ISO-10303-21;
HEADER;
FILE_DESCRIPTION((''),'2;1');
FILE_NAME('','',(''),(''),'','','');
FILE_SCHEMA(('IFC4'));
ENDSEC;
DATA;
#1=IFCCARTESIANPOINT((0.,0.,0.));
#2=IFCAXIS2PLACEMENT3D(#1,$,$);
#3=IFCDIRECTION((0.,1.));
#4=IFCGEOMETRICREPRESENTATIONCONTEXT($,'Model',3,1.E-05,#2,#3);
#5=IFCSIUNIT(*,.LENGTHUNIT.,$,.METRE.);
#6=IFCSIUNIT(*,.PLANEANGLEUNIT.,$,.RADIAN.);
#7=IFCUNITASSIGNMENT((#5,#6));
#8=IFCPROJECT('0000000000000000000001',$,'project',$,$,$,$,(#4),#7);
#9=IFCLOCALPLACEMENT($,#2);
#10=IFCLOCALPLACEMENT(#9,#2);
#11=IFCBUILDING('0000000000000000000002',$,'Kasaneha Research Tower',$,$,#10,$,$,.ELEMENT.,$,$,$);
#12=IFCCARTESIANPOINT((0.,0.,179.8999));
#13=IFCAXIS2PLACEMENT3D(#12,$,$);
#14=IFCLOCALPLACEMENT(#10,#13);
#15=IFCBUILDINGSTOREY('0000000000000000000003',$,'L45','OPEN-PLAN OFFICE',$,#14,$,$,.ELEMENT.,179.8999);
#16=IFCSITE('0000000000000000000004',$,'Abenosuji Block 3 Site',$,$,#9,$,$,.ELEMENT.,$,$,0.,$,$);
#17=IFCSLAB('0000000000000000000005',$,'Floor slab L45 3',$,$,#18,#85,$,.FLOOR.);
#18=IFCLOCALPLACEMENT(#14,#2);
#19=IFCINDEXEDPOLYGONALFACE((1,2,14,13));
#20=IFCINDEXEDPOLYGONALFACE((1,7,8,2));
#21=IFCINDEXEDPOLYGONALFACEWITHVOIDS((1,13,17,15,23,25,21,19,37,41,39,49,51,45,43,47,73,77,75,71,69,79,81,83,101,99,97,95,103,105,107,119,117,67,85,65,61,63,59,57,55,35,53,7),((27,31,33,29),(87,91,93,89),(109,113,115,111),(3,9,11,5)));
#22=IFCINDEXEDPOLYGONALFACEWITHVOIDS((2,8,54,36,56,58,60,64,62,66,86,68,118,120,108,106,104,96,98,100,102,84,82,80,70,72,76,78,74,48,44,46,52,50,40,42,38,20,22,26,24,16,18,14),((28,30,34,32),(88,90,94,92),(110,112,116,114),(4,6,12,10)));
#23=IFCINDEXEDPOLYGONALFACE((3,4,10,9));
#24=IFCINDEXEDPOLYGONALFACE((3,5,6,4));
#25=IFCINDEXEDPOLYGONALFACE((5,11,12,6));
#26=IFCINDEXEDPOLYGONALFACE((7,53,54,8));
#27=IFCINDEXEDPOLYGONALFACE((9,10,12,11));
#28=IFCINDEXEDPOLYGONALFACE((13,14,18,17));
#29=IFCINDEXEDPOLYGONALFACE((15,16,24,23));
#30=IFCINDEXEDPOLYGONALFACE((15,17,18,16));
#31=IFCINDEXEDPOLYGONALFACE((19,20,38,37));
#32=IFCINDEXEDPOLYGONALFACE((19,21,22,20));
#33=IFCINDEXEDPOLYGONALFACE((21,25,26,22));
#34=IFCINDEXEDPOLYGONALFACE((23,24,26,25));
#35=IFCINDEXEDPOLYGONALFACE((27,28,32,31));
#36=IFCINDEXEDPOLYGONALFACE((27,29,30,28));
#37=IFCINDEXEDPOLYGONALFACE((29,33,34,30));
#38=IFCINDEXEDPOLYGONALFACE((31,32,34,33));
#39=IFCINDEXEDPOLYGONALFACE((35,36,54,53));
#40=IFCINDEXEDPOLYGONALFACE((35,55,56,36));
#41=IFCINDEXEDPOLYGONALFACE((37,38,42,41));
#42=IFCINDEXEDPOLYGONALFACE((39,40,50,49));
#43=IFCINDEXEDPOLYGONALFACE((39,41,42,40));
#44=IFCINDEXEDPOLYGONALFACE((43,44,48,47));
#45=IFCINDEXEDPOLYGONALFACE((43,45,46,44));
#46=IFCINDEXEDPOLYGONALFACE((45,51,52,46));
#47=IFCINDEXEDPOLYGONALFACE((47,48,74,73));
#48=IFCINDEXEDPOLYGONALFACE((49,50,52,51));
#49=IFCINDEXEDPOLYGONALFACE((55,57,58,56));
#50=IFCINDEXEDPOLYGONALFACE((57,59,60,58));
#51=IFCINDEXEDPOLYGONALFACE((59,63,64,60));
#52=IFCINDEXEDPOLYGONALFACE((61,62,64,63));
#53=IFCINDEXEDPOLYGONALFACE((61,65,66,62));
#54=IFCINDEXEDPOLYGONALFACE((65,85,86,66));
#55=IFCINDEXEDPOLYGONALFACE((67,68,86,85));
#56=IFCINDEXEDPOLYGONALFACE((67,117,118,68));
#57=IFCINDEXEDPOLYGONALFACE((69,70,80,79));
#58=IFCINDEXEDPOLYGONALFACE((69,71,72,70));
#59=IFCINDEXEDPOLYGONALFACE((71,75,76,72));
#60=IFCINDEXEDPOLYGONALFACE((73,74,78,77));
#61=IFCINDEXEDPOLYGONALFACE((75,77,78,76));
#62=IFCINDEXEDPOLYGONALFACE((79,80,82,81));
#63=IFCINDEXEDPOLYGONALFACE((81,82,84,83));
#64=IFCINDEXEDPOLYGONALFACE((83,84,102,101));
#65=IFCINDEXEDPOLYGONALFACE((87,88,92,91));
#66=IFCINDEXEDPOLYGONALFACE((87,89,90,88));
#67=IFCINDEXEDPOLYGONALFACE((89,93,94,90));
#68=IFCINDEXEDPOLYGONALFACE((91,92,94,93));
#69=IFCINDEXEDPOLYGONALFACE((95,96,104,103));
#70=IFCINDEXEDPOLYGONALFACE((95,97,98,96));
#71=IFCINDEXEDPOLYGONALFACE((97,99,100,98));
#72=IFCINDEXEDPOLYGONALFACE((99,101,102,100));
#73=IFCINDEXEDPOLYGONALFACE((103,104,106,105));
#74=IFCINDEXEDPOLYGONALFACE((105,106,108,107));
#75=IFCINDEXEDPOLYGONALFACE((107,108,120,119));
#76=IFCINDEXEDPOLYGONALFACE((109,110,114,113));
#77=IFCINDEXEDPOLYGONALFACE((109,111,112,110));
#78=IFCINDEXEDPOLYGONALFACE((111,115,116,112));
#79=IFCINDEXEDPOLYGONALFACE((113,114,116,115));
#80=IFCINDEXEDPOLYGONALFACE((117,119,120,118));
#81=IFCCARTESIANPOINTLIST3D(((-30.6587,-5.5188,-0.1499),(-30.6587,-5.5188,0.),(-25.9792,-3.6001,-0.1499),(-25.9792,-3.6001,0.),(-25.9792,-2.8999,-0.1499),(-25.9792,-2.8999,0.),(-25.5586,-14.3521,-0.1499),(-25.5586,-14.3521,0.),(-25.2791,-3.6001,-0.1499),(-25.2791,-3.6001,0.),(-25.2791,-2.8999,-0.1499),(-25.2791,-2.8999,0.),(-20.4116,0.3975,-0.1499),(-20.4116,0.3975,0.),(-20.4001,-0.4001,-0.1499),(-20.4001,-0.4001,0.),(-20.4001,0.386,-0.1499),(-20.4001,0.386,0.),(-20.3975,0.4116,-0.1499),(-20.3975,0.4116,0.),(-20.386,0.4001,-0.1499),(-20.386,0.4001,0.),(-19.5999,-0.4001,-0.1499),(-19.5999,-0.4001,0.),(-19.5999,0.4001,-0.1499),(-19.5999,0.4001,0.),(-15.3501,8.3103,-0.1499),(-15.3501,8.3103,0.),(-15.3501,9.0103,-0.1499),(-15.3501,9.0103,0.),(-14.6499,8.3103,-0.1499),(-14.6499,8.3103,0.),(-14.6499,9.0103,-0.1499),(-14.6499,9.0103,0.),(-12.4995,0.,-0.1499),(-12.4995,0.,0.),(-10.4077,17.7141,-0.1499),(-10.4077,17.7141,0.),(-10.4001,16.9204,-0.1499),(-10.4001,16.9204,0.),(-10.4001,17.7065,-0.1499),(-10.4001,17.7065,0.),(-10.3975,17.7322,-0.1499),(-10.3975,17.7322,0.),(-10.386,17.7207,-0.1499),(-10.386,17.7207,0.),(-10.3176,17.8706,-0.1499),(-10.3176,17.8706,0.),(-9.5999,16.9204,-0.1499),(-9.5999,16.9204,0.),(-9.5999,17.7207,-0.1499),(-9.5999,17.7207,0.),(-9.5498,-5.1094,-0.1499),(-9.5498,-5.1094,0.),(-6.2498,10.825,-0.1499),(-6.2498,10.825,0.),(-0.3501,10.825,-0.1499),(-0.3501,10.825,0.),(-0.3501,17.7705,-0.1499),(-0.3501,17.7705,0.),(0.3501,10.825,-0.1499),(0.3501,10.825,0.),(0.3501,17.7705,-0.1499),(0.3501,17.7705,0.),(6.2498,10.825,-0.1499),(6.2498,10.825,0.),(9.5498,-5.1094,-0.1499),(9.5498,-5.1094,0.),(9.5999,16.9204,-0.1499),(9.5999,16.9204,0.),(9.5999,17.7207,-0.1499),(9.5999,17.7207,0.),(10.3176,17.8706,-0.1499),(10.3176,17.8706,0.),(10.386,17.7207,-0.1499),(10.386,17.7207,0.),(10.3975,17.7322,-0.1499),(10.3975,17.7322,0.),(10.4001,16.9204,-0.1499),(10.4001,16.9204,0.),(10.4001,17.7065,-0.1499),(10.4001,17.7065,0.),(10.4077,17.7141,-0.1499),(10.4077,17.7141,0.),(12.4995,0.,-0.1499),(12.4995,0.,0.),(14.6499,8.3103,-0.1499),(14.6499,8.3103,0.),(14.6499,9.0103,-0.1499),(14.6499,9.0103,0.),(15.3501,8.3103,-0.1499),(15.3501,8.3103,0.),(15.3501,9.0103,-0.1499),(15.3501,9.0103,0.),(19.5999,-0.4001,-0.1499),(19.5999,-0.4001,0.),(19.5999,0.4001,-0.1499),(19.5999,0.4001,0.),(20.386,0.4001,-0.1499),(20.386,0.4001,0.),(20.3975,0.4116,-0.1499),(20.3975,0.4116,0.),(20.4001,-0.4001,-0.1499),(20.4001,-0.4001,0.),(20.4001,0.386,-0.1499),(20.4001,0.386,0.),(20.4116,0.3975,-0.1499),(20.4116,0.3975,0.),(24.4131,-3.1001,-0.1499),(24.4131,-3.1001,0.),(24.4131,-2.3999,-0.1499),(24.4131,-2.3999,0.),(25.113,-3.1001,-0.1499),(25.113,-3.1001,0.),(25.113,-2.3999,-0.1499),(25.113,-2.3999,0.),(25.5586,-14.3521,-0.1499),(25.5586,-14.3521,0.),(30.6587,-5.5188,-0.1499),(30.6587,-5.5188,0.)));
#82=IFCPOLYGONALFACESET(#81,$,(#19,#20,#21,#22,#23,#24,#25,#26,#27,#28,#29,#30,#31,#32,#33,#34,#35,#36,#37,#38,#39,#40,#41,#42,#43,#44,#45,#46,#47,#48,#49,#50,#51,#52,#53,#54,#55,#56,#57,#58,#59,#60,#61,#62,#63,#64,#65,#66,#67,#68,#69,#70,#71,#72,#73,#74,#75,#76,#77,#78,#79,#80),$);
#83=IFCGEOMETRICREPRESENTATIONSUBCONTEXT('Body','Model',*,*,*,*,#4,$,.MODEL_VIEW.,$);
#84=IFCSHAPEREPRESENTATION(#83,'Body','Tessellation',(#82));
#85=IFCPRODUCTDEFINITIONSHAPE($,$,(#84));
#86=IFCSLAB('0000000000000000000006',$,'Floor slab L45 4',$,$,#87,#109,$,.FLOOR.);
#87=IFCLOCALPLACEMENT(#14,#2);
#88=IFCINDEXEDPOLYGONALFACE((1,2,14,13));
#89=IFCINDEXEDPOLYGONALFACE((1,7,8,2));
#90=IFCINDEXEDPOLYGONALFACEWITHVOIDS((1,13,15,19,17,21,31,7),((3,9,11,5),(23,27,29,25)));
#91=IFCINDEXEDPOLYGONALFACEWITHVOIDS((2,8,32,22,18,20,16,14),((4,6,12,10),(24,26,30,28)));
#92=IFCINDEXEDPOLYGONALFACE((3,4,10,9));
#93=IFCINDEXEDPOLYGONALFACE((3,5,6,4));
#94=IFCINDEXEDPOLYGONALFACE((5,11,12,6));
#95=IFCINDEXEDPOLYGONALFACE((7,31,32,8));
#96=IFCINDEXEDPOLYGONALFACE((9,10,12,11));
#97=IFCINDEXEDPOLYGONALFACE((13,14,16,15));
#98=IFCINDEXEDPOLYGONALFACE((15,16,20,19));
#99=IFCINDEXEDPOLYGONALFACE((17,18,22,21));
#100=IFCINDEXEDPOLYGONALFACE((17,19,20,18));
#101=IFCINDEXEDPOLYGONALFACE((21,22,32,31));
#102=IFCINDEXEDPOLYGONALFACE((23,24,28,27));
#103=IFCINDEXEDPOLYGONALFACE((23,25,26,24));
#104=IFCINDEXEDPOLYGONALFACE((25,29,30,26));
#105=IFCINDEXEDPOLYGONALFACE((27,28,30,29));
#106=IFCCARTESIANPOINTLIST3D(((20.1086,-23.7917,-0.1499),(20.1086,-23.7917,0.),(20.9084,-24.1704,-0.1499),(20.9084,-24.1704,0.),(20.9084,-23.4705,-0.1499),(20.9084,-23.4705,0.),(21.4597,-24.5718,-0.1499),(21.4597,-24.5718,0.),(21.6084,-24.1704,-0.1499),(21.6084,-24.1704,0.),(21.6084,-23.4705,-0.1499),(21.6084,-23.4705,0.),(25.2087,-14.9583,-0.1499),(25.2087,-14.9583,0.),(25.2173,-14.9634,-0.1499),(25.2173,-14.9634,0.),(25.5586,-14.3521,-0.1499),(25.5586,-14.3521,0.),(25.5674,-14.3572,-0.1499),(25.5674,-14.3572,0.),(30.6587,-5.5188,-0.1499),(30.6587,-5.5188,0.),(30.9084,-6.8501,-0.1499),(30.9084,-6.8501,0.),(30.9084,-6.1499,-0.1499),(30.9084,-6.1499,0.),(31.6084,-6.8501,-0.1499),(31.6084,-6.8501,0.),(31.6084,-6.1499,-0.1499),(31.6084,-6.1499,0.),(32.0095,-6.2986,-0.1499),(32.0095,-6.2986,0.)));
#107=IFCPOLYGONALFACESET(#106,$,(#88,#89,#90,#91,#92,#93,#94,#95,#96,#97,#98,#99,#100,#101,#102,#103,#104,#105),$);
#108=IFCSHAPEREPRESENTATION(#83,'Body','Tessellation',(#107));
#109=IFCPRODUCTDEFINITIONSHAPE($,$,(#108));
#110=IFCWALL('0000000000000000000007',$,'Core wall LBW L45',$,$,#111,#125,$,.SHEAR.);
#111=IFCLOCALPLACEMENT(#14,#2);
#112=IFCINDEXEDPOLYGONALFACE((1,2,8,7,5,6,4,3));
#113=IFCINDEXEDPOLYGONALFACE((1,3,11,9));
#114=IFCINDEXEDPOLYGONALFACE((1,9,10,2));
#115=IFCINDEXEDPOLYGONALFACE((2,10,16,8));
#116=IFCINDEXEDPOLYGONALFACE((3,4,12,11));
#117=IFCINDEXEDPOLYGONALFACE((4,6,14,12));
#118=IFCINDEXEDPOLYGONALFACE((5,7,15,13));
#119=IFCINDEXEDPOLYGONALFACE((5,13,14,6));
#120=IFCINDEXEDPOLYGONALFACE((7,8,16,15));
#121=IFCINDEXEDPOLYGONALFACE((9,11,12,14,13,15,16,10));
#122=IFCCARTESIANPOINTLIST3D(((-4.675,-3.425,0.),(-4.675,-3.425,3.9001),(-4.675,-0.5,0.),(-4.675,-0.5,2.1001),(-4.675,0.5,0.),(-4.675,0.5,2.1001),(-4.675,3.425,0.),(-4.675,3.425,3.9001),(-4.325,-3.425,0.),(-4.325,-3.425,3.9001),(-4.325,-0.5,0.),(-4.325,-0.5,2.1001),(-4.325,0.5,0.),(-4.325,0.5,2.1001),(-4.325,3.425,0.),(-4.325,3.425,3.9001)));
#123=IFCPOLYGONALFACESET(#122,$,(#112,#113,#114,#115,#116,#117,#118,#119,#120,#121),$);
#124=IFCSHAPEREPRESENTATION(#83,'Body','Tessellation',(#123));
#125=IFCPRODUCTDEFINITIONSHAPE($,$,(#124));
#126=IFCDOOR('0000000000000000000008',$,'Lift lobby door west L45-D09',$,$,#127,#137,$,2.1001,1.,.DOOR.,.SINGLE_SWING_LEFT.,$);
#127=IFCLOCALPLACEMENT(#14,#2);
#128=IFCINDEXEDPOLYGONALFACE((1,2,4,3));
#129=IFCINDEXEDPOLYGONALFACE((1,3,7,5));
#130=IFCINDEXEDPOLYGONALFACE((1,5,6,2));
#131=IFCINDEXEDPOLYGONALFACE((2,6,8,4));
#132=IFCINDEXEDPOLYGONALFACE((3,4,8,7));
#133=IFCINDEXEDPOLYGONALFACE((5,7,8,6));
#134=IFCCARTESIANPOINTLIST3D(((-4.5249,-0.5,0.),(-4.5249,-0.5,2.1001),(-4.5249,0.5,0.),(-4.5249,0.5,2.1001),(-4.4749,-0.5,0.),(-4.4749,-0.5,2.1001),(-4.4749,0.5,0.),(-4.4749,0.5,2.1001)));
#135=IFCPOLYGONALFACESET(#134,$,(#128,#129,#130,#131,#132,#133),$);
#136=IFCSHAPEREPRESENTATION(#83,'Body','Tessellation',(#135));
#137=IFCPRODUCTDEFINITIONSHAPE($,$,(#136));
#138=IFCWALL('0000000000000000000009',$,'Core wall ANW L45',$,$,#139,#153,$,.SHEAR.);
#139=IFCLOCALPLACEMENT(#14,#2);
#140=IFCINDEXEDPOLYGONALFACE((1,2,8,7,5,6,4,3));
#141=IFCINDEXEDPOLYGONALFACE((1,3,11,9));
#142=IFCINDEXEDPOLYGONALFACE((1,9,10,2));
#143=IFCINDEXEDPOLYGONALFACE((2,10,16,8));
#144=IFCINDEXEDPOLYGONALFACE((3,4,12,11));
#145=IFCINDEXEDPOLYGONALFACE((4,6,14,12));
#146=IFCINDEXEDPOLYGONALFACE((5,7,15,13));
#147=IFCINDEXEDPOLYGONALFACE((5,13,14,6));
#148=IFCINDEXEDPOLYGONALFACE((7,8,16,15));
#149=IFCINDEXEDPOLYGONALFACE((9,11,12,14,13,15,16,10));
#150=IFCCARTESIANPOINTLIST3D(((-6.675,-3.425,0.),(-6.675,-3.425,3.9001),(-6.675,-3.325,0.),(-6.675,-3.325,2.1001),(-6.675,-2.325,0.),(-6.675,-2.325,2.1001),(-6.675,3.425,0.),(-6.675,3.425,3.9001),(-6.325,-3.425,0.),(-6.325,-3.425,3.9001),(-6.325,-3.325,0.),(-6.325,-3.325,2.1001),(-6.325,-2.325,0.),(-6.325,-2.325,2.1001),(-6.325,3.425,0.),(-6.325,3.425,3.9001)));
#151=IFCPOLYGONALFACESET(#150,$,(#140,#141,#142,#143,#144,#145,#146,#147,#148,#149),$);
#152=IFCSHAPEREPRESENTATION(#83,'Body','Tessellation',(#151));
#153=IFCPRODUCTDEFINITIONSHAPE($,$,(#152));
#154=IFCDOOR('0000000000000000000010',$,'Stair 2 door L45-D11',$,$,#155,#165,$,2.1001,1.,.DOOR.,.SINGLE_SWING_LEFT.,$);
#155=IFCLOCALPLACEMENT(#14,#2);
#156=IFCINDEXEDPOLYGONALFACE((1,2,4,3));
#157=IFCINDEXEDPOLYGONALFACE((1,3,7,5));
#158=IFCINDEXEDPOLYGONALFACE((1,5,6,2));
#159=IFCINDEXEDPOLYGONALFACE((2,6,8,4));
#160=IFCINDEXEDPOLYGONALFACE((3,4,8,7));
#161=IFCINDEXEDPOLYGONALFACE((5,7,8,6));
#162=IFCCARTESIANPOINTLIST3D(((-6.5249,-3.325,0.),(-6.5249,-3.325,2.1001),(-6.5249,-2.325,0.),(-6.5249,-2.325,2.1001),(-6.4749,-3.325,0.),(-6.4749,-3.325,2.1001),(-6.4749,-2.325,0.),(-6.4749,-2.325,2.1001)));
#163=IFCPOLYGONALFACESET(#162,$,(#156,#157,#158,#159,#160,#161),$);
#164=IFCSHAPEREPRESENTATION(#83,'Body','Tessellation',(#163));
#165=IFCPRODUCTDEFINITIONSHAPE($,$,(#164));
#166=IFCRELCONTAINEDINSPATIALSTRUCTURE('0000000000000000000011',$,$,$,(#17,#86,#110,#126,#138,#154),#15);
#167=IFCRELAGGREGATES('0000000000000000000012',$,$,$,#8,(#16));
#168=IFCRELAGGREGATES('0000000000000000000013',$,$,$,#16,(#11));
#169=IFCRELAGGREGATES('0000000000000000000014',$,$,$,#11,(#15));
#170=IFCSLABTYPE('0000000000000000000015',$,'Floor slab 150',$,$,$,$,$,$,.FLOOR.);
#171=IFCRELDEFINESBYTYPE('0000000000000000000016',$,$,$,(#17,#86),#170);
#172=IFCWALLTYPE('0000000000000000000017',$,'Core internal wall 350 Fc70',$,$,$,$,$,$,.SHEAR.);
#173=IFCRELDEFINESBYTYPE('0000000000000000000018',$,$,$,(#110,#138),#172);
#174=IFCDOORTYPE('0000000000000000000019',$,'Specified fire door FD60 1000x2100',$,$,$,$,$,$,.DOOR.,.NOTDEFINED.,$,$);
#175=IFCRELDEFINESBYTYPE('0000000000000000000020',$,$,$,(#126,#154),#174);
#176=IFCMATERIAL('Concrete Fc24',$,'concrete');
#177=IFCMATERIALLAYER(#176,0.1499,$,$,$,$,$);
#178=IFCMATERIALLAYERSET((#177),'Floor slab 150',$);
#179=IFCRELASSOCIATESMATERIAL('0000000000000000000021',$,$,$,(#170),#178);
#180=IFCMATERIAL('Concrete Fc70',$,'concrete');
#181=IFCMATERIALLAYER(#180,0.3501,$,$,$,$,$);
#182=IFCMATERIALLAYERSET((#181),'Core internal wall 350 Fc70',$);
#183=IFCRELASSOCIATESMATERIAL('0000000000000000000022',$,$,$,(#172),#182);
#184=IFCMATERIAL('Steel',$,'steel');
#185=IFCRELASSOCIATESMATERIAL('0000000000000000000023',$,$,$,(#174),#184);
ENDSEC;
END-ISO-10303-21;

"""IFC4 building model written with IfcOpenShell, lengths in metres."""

from ifc_helpers import new_model, si_unit, direction, frame, frame_2d, origin, place, context, subcontext, project, spatial, polyline, rectangle, outline, extrude, material, layer, layer_set, type_object, element, fill, save


model = new_model("IFC4")

# Units and contexts
model_context = context("Model", 3, precision=1e-05, world=origin(), true_north=direction((0.0, 1.0)))
body_context = subcontext(model_context, "Body", "Model", "MODEL_VIEW")
ifc_project = project(units=[si_unit("LENGTHUNIT", "METRE"), si_unit("PLANEANGLEUNIT", "RADIAN")], contexts=[model_context])

# Site, building, storey
site_placement = place(None, origin())
site = spatial("IfcSite", under=ifc_project, at=site_placement, Name="Abenosuji Block 3 Site", CompositionType="ELEMENT", RefElevation=0.0)
building_placement = place(site_placement, origin())
building = spatial("IfcBuilding", under=site, at=building_placement, Name="Kasaneha Research Tower", CompositionType="ELEMENT")
storey_placement = place(building_placement, frame((0.0, 0.0, 179.8999)))
storey = spatial("IfcBuildingStorey", under=building, at=storey_placement, Name="L45", Description="OPEN-PLAN OFFICE", CompositionType="ELEMENT", Elevation=179.8999)

# Slabs
ifc_material_1 = material(Name="Concrete Fc24", Category="concrete")
ifc_layer_1 = layer(ifc_material_1, 0.1499)
ifc_layer_set_1 = layer_set([ifc_layer_1], Name="Floor slab 150")
slab_type_1 = type_object("IfcSlabType", Name="Floor slab 150", PredefinedType="FLOOR", material=ifc_layer_set_1)
slab_1_placement = place(storey_placement, frame((0.0, 0.0, -0.1499)))
element("IfcSlab", 1, at=slab_1_placement, inside=storey, type_object=slab_type_1, Name="Floor slab L45 3", PredefinedType="FLOOR", context=body_context, shape_type="SweptSolid", body=[
    extrude(outline(polyline([(-20.4001, -0.4001), (-19.5999, -0.4001), (-19.5999, 0.4001), (-20.386, 0.4001), (-20.3975, 0.4116), (-10.4077, 17.7141), (-10.4001, 17.7065), (-10.4001, 16.9204), (-9.5999, 16.9204), (-9.5999, 17.7207), (-10.386, 17.7207), (-10.3975, 17.7322), (-10.3176, 17.8706), (10.3176, 17.8706), (10.3975, 17.7322), (10.386, 17.7207), (9.5999, 17.7207), (9.5999, 16.9204), (10.4001, 16.9204), (10.4001, 17.7065), (10.4077, 17.7141), (20.3975, 0.4116), (20.386, 0.4001), (19.5999, 0.4001), (19.5999, -0.4001), (20.4001, -0.4001), (20.4001, 0.386), (20.4116, 0.3975), (30.6587, -5.5188), (25.5586, -14.3521), (9.5498, -5.1094), (12.4995, 0.0), (6.2498, 10.825), (0.3501, 10.825), (0.3501, 17.7705), (-0.3501, 17.7705), (-0.3501, 10.825), (-6.2498, 10.825), (-12.4995, 0.0), (-9.5498, -5.1094), (-25.5586, -14.3521), (-30.6587, -5.5188), (-20.4116, 0.3975), (-20.4001, 0.386), (-20.4001, -0.4001)]), holes=[polyline([(-25.2791, -3.6001), (-25.2791, -2.8999), (-25.9792, -2.8999), (-25.9792, -3.6001), (-25.2791, -3.6001)]), polyline([(-15.3501, 8.3103), (-14.6499, 8.3103), (-14.6499, 9.0103), (-15.3501, 9.0103), (-15.3501, 8.3103)]), polyline([(24.4131, -3.1001), (25.113, -3.1001), (25.113, -2.3999), (24.4131, -2.3999), (24.4131, -3.1001)]), polyline([(14.6499, 8.3103), (15.3501, 8.3103), (15.3501, 9.0103), (14.6499, 9.0103), (14.6499, 8.3103)])]), origin(), (0.0, 0.0, 1.0), 0.1499),
])
slab_2_placement = place(storey_placement, frame((0.0, 0.0, -0.1499)))
element("IfcSlab", 2, at=slab_2_placement, inside=storey, type_object=slab_type_1, Name="Floor slab L45 4", PredefinedType="FLOOR", context=body_context, shape_type="SweptSolid", body=[
    extrude(outline(polyline([(32.0095, -6.2986), (21.4597, -24.5718), (20.1086, -23.7917), (25.2087, -14.9583), (25.2173, -14.9634), (25.5674, -14.3572), (25.5586, -14.3521), (30.6587, -5.5188), (32.0095, -6.2986)]), holes=[polyline([(21.6084, -24.1704), (21.6084, -23.4705), (20.9084, -23.4705), (20.9084, -24.1704), (21.6084, -24.1704)]), polyline([(31.6084, -6.8501), (31.6084, -6.1499), (30.9084, -6.1499), (30.9084, -6.8501), (31.6084, -6.8501)])]), origin(), (0.0, 0.0, 1.0), 0.1499),
])

# Shared definitions
ifc_material_2 = material(Name="Concrete Fc70", Category="concrete")
ifc_layer_2 = layer(ifc_material_2, 0.3501)
ifc_layer_set_2 = layer_set([ifc_layer_2], Name="Core internal wall 350 Fc70")
wall_type = type_object("IfcWallType", Name="Core internal wall 350 Fc70", PredefinedType="SHEAR", material=ifc_layer_set_2)

# Walls, openings, doors
wall_1_placement = place(storey_placement, frame((-4.5, -3.425, 0.0), z_axis=(0.0, 0.0, 1.0), x_axis=(0.0, 1.0, 0.0)))
wall_1 = element("IfcWall", 3, at=wall_1_placement, inside=storey, type_object=wall_type, Name="Core wall LBW L45", PredefinedType="SHEAR", context=body_context, shape_type="SweptSolid", body=[
    extrude(rectangle(XDim=6.8501, YDim=0.3501, at=frame_2d((3.425, 0.0))), origin(), (0.0, 0.0, 1.0), 3.9001),
])
opening_1_placement = place(wall_1_placement, frame((2.925, 0.0, 0.0)))
opening_1 = element("IfcOpeningElement", 4, at=opening_1_placement, cuts=wall_1, PredefinedType="OPENING", context=body_context, shape_type="SweptSolid", body=[
    extrude(rectangle(XDim=1.0, YDim=2.1001, at=frame_2d((0.5, 1.05))), frame((0.0, 0.1851, 0.0), z_axis=(0.0, -1.0, 0.0), x_axis=(1.0, 0.0, 0.0)), (0.0, 0.0, 1.0), 0.3701),
])
ifc_material_3 = material(Name="Steel", Category="steel")
door_type_1 = type_object("IfcDoorType", Name="Specified fire door FD60 1000x2100", OperationType="NOTDEFINED", PredefinedType="DOOR", material=ifc_material_3)
door_1_placement = place(opening_1_placement, origin())
door_1 = element("IfcDoor", 5, at=door_1_placement, inside=storey, type_object=door_type_1, Name="Lift lobby door west L45-D09", OperationType="SINGLE_SWING_LEFT", OverallHeight=2.1001, OverallWidth=1.0, PredefinedType="DOOR", context=body_context, shape_type="SweptSolid", body=[
    extrude(rectangle(XDim=1.0, YDim=2.1001, at=frame_2d((0.5, 1.05))), frame((0.0, 0.0249, 0.0), z_axis=(0.0, -1.0, 0.0), x_axis=(1.0, 0.0, 0.0)), (0.0, 0.0, 1.0), 0.05),
])
fill(opening_1, door_1)
wall_2_placement = place(storey_placement, frame((-6.5, -3.425, 0.0), z_axis=(0.0, 0.0, 1.0), x_axis=(0.0, 1.0, 0.0)))
wall_2 = element("IfcWall", 6, at=wall_2_placement, inside=storey, type_object=wall_type, Name="Core wall ANW L45", PredefinedType="SHEAR", context=body_context, shape_type="SweptSolid", body=[
    extrude(rectangle(XDim=6.8501, YDim=0.3501, at=frame_2d((3.425, 0.0))), origin(), (0.0, 0.0, 1.0), 3.9001),
])
opening_2_placement = place(wall_2_placement, frame((0.1001, 0.0, 0.0)))
opening_2 = element("IfcOpeningElement", 7, at=opening_2_placement, cuts=wall_2, PredefinedType="OPENING", context=body_context, shape_type="SweptSolid", body=[
    extrude(rectangle(XDim=1.0, YDim=2.1001, at=frame_2d((0.5, 1.05))), frame((0.0, 0.1851, 0.0), z_axis=(0.0, -1.0, 0.0), x_axis=(1.0, 0.0, 0.0)), (0.0, 0.0, 1.0), 0.3701),
])
door_2_placement = place(opening_2_placement, origin())
door_2 = element("IfcDoor", 8, at=door_2_placement, inside=storey, type_object=door_type_1, Name="Stair 2 door L45-D11", OperationType="SINGLE_SWING_LEFT", OverallHeight=2.1001, OverallWidth=1.0, PredefinedType="DOOR", context=body_context, shape_type="SweptSolid", body=[
    extrude(rectangle(XDim=1.0, YDim=2.1001, at=frame_2d((0.5, 1.05))), frame((0.0, 0.0249, 0.0), z_axis=(0.0, -1.0, 0.0), x_axis=(1.0, 0.0, 0.0)), (0.0, 0.0, 1.0), 0.05),
])
fill(opening_2, door_2)

save(model, "model.ifc")
